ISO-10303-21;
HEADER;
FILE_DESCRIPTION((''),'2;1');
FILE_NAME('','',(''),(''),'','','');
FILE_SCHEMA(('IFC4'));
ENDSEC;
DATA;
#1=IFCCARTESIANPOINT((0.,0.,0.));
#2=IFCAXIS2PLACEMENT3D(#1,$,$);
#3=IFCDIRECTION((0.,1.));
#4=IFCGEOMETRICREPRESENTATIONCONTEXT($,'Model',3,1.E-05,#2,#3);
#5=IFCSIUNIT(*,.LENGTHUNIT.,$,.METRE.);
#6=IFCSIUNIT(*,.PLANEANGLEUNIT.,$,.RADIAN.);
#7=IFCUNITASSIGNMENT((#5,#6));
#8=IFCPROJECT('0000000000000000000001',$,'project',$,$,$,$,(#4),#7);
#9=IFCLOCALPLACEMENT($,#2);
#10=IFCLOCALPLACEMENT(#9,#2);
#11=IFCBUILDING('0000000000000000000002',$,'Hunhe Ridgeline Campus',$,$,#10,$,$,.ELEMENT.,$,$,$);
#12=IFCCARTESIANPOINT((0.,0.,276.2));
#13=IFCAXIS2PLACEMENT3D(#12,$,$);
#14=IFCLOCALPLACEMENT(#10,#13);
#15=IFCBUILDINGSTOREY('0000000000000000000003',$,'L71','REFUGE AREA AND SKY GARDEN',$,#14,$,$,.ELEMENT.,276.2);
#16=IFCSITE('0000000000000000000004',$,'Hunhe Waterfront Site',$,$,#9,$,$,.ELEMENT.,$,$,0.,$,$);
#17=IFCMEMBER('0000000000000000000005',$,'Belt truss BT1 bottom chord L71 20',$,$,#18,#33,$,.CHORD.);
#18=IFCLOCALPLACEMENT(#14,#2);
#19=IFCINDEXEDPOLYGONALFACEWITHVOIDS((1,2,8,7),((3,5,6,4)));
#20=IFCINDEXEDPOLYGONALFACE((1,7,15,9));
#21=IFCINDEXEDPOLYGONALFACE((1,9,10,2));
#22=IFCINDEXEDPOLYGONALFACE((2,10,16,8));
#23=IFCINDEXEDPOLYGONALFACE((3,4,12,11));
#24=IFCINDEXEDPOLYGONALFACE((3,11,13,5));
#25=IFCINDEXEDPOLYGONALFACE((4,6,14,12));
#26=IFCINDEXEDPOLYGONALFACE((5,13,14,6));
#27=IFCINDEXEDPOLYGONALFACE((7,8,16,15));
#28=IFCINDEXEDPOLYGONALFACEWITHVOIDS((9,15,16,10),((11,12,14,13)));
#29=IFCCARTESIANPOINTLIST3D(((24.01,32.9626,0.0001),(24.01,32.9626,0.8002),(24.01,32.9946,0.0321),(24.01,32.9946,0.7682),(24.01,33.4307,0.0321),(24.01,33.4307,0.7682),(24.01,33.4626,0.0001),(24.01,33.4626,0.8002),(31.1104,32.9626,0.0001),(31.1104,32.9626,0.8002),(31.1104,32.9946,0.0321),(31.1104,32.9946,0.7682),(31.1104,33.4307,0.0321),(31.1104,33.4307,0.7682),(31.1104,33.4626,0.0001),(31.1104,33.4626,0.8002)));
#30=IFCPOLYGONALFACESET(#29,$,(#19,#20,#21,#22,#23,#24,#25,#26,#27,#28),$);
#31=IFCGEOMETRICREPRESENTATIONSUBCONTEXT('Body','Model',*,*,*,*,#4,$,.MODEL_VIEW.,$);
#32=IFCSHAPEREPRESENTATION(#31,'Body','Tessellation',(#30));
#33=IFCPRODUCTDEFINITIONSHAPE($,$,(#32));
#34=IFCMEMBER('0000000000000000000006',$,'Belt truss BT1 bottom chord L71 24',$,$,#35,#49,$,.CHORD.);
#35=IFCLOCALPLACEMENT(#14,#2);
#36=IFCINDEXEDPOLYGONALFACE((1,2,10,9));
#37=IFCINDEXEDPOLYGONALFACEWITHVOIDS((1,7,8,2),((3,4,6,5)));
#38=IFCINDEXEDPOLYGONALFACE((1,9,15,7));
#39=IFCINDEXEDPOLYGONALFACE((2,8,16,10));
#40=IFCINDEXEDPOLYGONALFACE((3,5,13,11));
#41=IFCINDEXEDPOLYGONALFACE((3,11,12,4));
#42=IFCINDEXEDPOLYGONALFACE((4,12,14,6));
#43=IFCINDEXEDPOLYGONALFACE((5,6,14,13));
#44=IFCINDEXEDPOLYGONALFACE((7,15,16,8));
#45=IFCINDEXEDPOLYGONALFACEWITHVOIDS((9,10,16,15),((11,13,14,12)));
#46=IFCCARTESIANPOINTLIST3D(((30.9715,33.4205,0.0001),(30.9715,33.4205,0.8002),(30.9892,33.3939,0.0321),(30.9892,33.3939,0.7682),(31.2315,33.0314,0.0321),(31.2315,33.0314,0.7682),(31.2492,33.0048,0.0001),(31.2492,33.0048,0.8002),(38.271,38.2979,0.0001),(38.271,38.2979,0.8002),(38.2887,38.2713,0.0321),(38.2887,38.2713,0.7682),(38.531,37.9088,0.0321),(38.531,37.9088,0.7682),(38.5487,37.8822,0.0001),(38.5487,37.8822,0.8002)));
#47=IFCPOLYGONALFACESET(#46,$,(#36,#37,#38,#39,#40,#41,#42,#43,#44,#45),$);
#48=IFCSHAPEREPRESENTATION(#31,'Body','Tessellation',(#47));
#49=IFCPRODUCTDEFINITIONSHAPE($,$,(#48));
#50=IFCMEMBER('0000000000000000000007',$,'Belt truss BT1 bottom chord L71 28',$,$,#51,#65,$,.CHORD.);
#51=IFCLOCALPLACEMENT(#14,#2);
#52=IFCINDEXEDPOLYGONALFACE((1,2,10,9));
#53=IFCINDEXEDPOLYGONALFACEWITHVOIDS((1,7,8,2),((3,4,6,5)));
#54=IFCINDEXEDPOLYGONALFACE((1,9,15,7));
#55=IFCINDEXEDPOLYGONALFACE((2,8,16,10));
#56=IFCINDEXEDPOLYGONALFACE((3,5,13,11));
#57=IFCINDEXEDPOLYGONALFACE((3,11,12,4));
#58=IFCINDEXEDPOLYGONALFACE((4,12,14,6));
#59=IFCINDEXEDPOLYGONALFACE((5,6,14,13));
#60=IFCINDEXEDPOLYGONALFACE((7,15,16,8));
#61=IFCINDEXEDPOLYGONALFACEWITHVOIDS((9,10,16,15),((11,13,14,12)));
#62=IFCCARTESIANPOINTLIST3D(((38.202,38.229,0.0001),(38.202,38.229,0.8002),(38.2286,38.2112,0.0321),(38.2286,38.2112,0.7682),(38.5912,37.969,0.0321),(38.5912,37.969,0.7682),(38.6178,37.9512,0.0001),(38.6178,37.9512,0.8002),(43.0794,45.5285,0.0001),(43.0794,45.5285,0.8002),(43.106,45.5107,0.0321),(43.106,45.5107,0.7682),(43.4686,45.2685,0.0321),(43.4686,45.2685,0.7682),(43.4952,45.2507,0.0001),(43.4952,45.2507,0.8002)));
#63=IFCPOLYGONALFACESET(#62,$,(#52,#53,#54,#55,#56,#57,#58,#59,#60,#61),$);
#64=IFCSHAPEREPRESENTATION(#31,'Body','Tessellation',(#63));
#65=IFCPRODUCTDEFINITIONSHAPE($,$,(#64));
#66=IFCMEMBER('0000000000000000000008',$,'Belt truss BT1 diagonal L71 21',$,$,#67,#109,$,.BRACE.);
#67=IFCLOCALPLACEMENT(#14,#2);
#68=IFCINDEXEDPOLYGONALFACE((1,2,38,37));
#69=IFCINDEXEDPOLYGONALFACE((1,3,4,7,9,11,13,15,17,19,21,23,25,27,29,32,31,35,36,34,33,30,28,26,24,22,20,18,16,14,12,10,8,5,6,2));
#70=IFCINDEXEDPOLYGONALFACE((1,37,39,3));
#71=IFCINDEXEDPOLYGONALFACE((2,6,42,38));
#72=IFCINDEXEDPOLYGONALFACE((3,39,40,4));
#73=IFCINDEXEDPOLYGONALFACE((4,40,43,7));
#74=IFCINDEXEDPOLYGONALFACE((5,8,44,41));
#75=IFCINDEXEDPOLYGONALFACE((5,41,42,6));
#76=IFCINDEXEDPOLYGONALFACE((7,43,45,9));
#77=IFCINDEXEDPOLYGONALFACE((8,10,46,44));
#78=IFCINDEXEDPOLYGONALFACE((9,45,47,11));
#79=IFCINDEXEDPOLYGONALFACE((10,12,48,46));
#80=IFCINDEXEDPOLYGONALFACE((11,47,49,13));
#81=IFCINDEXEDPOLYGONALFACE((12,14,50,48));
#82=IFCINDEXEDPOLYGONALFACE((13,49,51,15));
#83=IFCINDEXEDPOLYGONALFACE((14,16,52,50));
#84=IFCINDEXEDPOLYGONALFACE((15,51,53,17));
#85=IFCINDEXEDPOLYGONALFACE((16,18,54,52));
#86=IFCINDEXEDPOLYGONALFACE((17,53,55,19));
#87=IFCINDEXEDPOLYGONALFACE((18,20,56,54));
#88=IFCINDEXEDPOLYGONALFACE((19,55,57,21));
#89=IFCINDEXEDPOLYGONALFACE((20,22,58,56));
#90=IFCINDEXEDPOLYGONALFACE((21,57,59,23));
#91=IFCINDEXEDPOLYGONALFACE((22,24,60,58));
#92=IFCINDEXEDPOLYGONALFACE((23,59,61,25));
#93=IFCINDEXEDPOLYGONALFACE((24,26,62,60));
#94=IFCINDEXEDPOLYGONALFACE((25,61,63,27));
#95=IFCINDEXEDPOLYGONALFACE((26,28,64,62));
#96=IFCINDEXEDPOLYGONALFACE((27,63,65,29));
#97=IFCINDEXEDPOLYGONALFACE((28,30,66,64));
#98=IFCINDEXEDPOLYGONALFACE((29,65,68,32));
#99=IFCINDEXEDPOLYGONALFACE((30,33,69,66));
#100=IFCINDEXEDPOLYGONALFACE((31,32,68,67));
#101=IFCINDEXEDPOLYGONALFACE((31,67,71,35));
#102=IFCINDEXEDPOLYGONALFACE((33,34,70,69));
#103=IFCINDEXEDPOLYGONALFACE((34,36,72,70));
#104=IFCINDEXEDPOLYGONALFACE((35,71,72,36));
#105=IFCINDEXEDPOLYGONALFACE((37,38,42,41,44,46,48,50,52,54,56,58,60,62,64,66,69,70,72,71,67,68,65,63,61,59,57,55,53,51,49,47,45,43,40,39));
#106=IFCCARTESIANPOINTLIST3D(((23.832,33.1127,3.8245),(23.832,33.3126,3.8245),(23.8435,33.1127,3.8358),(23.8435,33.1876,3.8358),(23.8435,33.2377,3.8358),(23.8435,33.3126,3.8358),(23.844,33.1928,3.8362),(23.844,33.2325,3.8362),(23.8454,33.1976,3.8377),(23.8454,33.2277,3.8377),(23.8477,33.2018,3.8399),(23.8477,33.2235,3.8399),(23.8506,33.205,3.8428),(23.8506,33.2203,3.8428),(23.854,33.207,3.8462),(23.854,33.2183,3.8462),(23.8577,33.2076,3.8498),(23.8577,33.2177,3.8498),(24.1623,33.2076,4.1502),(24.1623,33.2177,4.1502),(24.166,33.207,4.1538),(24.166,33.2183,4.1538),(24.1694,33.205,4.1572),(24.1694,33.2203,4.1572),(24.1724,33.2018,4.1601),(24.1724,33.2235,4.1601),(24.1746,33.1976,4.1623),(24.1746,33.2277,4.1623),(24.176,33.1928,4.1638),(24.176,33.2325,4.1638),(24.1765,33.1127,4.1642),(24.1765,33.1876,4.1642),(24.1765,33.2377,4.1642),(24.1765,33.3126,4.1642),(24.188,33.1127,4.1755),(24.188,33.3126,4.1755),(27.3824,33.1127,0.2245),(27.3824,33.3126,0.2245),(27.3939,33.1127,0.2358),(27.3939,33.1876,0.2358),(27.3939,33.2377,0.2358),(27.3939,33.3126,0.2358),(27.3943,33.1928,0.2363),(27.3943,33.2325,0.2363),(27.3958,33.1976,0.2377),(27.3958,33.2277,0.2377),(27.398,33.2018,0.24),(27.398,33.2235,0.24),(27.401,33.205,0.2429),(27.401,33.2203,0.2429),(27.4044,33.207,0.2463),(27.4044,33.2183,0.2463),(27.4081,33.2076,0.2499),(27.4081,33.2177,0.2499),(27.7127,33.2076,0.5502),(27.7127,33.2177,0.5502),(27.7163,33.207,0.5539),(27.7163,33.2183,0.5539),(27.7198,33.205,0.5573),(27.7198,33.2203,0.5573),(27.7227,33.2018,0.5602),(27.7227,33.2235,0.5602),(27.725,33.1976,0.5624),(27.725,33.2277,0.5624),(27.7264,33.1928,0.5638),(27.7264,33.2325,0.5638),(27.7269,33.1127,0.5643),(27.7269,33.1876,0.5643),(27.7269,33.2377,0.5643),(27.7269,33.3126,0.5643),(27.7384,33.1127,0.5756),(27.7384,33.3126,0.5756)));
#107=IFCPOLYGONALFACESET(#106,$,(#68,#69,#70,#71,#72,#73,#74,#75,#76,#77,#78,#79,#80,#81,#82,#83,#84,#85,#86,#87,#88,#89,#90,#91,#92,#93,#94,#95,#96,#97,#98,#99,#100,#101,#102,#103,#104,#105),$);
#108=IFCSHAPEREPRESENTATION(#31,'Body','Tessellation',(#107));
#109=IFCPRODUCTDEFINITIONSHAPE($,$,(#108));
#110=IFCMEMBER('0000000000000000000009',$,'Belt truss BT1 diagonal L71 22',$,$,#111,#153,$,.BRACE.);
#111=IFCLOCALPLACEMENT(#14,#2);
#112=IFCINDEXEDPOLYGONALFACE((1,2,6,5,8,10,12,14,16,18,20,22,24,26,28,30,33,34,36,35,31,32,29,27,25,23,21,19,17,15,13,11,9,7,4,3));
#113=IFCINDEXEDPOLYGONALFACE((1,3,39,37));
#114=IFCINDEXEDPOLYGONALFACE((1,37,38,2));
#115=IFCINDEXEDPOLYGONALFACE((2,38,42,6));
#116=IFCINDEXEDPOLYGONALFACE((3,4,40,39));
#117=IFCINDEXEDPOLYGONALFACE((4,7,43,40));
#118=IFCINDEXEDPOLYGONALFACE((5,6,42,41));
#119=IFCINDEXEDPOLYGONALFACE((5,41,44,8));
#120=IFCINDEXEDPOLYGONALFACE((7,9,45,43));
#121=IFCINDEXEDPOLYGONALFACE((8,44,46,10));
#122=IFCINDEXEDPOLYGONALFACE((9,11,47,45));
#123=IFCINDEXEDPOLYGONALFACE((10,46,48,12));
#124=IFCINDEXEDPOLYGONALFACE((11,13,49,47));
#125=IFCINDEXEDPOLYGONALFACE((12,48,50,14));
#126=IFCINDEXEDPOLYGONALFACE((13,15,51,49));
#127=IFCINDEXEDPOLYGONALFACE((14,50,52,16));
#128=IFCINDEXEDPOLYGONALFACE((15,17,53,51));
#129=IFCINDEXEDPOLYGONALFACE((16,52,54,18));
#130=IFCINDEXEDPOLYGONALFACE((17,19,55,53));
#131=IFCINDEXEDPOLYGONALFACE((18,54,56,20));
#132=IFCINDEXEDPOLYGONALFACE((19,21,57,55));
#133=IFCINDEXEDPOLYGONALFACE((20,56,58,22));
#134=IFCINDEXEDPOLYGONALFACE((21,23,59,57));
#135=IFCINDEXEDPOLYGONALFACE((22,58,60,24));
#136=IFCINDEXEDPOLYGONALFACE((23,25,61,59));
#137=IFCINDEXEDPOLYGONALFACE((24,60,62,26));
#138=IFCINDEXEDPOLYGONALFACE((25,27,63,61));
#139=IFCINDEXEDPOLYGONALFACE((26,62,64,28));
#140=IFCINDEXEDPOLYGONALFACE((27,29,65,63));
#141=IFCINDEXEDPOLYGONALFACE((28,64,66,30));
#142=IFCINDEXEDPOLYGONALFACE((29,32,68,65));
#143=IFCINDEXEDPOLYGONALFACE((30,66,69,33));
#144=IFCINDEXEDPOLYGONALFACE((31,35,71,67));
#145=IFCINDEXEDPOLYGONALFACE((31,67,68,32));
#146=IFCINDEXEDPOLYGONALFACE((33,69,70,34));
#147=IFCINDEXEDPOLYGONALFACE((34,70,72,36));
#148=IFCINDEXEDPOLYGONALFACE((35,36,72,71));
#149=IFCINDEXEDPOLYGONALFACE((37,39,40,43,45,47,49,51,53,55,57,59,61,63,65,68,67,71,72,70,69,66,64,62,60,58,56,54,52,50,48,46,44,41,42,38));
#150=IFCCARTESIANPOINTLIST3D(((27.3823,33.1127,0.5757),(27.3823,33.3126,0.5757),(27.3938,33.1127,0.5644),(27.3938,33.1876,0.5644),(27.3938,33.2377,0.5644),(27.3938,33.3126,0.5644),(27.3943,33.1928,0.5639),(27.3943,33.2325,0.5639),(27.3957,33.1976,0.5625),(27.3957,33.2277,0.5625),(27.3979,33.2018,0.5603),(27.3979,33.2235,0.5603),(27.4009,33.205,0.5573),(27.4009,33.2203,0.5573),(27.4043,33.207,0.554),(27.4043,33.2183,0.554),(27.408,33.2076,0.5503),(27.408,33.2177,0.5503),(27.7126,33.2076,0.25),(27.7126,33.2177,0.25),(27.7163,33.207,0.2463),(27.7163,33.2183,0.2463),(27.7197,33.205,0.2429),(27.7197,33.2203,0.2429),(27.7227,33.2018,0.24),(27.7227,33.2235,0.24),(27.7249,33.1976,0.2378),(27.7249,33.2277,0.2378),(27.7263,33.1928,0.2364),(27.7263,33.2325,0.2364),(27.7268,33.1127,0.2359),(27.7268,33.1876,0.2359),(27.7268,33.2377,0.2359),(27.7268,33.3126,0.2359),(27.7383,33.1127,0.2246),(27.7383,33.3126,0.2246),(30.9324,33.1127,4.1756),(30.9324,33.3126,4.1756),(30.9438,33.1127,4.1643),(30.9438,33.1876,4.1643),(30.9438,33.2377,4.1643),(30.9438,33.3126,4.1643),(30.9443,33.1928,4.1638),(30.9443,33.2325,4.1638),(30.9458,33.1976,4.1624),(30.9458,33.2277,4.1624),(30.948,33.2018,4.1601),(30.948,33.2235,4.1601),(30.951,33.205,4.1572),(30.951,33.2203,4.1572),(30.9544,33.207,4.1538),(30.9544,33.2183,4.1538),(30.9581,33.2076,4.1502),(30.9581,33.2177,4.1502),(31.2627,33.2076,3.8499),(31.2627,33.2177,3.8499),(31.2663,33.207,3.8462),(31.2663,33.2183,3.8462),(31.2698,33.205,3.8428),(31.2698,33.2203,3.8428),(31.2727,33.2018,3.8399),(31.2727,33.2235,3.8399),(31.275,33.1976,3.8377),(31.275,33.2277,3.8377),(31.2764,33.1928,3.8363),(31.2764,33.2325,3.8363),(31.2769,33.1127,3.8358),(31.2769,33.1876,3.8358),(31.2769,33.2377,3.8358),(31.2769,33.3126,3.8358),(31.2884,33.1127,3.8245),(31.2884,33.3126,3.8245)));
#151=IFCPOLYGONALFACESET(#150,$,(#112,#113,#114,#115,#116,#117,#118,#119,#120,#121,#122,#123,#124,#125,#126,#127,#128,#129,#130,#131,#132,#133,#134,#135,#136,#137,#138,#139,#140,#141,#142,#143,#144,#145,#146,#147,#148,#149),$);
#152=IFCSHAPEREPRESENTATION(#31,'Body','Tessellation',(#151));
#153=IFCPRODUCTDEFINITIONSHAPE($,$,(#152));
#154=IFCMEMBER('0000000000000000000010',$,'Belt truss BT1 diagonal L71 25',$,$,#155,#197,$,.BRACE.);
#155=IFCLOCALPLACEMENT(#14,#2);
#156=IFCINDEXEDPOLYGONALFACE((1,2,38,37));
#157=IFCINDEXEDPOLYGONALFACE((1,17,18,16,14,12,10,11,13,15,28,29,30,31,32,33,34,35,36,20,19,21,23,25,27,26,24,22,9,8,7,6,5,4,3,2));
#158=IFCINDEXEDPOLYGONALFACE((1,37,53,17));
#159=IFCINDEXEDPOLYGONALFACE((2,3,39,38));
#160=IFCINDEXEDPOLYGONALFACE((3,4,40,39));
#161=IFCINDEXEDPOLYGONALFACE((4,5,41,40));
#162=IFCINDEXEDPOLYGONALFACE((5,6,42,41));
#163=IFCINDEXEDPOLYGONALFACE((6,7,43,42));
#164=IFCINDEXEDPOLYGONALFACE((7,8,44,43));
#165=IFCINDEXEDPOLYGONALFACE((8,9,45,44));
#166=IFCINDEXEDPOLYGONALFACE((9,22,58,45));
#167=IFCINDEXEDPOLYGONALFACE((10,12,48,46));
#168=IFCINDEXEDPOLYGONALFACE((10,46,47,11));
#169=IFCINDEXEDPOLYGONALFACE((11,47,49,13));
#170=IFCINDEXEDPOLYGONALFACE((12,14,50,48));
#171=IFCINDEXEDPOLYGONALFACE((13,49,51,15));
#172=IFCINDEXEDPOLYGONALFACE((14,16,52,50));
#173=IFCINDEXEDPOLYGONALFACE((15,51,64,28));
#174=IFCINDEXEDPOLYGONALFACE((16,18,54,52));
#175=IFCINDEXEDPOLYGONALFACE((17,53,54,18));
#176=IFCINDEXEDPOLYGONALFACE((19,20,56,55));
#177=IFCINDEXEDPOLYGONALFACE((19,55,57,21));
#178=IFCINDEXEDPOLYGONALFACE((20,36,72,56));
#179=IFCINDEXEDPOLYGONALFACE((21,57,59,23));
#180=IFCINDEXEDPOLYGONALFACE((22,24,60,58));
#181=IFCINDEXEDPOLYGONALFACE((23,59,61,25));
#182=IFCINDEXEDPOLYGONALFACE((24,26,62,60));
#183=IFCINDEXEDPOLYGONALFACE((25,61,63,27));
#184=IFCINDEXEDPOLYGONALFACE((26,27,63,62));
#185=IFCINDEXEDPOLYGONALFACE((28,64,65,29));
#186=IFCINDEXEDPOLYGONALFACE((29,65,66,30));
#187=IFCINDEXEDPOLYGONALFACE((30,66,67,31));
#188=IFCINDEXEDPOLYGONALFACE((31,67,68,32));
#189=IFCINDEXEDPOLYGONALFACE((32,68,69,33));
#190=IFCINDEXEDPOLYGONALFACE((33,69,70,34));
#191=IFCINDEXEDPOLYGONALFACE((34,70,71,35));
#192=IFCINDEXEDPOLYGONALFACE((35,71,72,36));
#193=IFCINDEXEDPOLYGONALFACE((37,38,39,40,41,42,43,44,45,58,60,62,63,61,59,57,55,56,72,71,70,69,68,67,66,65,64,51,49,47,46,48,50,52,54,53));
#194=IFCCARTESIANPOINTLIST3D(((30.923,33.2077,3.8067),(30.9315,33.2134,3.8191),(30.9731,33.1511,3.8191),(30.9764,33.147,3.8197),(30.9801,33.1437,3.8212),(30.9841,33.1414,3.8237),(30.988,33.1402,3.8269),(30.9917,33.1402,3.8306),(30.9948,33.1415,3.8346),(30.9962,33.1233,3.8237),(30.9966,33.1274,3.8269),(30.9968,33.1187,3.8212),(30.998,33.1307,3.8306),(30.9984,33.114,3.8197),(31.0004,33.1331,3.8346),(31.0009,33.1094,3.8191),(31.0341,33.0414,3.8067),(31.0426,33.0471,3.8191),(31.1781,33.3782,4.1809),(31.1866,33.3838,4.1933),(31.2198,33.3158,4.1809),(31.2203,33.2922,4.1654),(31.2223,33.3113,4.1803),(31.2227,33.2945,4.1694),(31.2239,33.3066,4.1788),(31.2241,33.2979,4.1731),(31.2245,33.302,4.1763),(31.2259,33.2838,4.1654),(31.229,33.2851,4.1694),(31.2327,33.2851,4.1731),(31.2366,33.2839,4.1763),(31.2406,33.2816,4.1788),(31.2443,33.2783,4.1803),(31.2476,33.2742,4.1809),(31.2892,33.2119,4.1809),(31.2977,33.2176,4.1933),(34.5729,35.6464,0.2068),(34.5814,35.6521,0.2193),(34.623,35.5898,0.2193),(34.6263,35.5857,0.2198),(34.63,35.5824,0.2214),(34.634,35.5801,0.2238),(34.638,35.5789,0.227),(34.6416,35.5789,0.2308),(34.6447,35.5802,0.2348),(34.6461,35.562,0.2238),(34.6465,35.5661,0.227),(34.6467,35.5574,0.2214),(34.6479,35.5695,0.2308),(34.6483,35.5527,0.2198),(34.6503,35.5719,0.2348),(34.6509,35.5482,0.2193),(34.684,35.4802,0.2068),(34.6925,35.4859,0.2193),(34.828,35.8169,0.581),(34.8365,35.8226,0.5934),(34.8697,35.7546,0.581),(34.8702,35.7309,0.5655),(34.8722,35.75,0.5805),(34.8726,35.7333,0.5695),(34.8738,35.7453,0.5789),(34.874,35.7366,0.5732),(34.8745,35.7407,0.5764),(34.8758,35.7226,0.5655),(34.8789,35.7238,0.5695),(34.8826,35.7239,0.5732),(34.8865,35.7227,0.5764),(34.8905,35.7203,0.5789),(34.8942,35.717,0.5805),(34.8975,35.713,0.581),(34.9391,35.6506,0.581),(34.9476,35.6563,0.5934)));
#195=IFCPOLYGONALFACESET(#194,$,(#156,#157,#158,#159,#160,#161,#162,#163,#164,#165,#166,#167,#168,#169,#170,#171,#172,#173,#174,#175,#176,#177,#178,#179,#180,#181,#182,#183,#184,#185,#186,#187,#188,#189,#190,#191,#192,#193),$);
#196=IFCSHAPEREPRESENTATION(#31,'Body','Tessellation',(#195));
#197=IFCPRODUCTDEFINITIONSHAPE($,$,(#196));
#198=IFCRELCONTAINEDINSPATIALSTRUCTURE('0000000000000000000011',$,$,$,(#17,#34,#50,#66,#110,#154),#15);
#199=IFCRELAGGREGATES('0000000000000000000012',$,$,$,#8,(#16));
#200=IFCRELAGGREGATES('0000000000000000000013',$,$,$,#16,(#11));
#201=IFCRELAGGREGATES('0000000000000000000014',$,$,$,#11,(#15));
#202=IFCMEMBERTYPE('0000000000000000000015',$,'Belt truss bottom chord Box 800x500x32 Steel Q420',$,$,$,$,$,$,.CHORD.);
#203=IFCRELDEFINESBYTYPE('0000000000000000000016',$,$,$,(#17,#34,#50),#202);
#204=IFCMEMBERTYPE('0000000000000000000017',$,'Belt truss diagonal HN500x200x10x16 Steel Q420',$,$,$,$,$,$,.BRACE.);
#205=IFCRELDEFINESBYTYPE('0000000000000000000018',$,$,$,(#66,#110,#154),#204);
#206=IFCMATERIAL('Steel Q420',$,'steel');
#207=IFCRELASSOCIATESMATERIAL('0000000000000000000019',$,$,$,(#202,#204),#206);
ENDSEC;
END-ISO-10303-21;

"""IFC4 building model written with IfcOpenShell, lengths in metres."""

from ifc_helpers import new_model, si_unit, direction, frame, origin, origin_2d, place, context, subcontext, project, spatial, hollow_rectangle, i_section, extrude, material, material_profile, profile_set, type_object, element, save


model = new_model("IFC4")

# Units and contexts
model_context = context("Model", 3, precision=1e-05, world=origin(), true_north=direction((0.0, 1.0)))
body_context = subcontext(model_context, "Body", "Model", "MODEL_VIEW")
ifc_project = project(units=[si_unit("LENGTHUNIT", "METRE"), si_unit("PLANEANGLEUNIT", "RADIAN")], contexts=[model_context])

# Site, building, storey
site_placement = place(None, origin())
site = spatial("IfcSite", under=ifc_project, at=site_placement, Name="Hunhe Waterfront Site", CompositionType="ELEMENT", RefElevation=0.0)
building_placement = place(site_placement, origin())
building = spatial("IfcBuilding", under=site, at=building_placement, Name="Hunhe Ridgeline Campus", CompositionType="ELEMENT")
storey_placement = place(building_placement, frame((0.0, 0.0, 276.2)))
storey = spatial("IfcBuildingStorey", under=building, at=storey_placement, Name="L71", Description="REFUGE AREA AND SKY GARDEN", CompositionType="ELEMENT", Elevation=276.2)

# Members
ifc_material_1 = material(Name="Steel Q420", Category="steel")
ifc_material_profile_1 = material_profile(ifc_material_1, hollow_rectangle(XDim=0.5, YDim=0.8, WallThickness=0.032, at=origin_2d()))
ifc_profile_set_1 = profile_set([ifc_material_profile_1], Name="Steel Q420")
member_type_1 = type_object("IfcMemberType", Name="Belt truss bottom chord Box 800x500x32 Steel Q420", PredefinedType="CHORD", material=ifc_profile_set_1)
member_1_placement = place(storey_placement, frame((24.01, 33.2126, 0.4001), z_axis=(1.0, 0.0, 0.0), x_axis=(0.0, 1.0, 0.0)))
element("IfcMember", 1, at=member_1_placement, inside=storey, type_object=member_type_1, Name="Belt truss BT1 bottom chord L71 20", PredefinedType="CHORD", context=body_context, shape_type="SweptSolid", body=[
    extrude(hollow_rectangle(XDim=0.5, YDim=0.8, WallThickness=0.032, at=origin_2d()), origin(), (0.0, 0.0, 1.0), 7.1003),
])
for number, where, z_axis, x_axis, name in (
    (2, (31.1104, 33.2126, 0.4001), (0.831468, 0.555573, 0.0), (-0.555573, 0.831468, 0.0), "Belt truss BT1 bottom chord L71 24"),
    (3, (38.4099, 38.0901, 0.4001), (0.555573, 0.831468, 0.0), (-0.831468, 0.555573, 0.0), "Belt truss BT1 bottom chord L71 28"),
):
    element("IfcMember", number, at=place(storey_placement, frame(where, z_axis=z_axis, x_axis=x_axis)), inside=storey, type_object=member_type_1, Name=name, PredefinedType="CHORD", context=body_context, shape_type="SweptSolid", body=[
        extrude(hollow_rectangle(XDim=0.5, YDim=0.8, WallThickness=0.032, at=origin_2d()), origin(), (0.0, 0.0, 1.0), 8.7791),
    ])
ifc_material_profile_2 = material_profile(ifc_material_1, i_section(OverallWidth=0.2, OverallDepth=0.5, WebThickness=0.01, FlangeThickness=0.0161, FilletRadius=0.02, at=origin_2d()))
ifc_profile_set_2 = profile_set([ifc_material_profile_2], Name="Steel Q420")
member_type_2 = type_object("IfcMemberType", Name="Belt truss diagonal HN500x200x10x16 Steel Q420", PredefinedType="BRACE", material=ifc_profile_set_2)
member_2_placement = place(storey_placement, frame((24.01, 33.2126, 4.0), z_axis=(0.702189, 0.0, -0.711991), x_axis=(0.0, 1.0, 0.0)))
element("IfcMember", 4, at=member_2_placement, inside=storey, type_object=member_type_2, Name="Belt truss BT1 diagonal L71 21", PredefinedType="BRACE", context=body_context, shape_type="SweptSolid", body=[
    extrude(i_section(OverallWidth=0.2, OverallDepth=0.5, WebThickness=0.01, FlangeThickness=0.0161, FilletRadius=0.02, at=origin_2d()), origin(), (0.0, 0.0, 1.0), 5.0562),
])
member_3_placement = place(storey_placement, frame((27.5603, 33.2126, 0.4001), z_axis=(0.702164, 0.0, 0.712015), x_axis=(0.0, 1.0, 0.0)))
element("IfcMember", 5, at=member_3_placement, inside=storey, type_object=member_type_2, Name="Belt truss BT1 diagonal L71 22", PredefinedType="BRACE", context=body_context, shape_type="SweptSolid", body=[
    extrude(i_section(OverallWidth=0.2, OverallDepth=0.5, WebThickness=0.01, FlangeThickness=0.0161, FilletRadius=0.02, at=origin_2d()), origin(), (0.0, 0.0, 1.0), 5.0559),
])
member_4_placement = place(storey_placement, frame((31.1104, 33.2126, 4.0), z_axis=(0.64293, 0.429581, -0.634114), x_axis=(-0.55556, 0.831477, 0.0)))
element("IfcMember", 6, at=member_4_placement, inside=storey, type_object=member_type_2, Name="Belt truss BT1 diagonal L71 25", PredefinedType="BRACE", context=body_context, shape_type="SweptSolid", body=[
    extrude(i_section(OverallWidth=0.2, OverallDepth=0.5, WebThickness=0.01, FlangeThickness=0.0161, FilletRadius=0.02, at=origin_2d()), origin(), (0.0, 0.0, 1.0), 5.677),
])

save(model, "model.ifc")
